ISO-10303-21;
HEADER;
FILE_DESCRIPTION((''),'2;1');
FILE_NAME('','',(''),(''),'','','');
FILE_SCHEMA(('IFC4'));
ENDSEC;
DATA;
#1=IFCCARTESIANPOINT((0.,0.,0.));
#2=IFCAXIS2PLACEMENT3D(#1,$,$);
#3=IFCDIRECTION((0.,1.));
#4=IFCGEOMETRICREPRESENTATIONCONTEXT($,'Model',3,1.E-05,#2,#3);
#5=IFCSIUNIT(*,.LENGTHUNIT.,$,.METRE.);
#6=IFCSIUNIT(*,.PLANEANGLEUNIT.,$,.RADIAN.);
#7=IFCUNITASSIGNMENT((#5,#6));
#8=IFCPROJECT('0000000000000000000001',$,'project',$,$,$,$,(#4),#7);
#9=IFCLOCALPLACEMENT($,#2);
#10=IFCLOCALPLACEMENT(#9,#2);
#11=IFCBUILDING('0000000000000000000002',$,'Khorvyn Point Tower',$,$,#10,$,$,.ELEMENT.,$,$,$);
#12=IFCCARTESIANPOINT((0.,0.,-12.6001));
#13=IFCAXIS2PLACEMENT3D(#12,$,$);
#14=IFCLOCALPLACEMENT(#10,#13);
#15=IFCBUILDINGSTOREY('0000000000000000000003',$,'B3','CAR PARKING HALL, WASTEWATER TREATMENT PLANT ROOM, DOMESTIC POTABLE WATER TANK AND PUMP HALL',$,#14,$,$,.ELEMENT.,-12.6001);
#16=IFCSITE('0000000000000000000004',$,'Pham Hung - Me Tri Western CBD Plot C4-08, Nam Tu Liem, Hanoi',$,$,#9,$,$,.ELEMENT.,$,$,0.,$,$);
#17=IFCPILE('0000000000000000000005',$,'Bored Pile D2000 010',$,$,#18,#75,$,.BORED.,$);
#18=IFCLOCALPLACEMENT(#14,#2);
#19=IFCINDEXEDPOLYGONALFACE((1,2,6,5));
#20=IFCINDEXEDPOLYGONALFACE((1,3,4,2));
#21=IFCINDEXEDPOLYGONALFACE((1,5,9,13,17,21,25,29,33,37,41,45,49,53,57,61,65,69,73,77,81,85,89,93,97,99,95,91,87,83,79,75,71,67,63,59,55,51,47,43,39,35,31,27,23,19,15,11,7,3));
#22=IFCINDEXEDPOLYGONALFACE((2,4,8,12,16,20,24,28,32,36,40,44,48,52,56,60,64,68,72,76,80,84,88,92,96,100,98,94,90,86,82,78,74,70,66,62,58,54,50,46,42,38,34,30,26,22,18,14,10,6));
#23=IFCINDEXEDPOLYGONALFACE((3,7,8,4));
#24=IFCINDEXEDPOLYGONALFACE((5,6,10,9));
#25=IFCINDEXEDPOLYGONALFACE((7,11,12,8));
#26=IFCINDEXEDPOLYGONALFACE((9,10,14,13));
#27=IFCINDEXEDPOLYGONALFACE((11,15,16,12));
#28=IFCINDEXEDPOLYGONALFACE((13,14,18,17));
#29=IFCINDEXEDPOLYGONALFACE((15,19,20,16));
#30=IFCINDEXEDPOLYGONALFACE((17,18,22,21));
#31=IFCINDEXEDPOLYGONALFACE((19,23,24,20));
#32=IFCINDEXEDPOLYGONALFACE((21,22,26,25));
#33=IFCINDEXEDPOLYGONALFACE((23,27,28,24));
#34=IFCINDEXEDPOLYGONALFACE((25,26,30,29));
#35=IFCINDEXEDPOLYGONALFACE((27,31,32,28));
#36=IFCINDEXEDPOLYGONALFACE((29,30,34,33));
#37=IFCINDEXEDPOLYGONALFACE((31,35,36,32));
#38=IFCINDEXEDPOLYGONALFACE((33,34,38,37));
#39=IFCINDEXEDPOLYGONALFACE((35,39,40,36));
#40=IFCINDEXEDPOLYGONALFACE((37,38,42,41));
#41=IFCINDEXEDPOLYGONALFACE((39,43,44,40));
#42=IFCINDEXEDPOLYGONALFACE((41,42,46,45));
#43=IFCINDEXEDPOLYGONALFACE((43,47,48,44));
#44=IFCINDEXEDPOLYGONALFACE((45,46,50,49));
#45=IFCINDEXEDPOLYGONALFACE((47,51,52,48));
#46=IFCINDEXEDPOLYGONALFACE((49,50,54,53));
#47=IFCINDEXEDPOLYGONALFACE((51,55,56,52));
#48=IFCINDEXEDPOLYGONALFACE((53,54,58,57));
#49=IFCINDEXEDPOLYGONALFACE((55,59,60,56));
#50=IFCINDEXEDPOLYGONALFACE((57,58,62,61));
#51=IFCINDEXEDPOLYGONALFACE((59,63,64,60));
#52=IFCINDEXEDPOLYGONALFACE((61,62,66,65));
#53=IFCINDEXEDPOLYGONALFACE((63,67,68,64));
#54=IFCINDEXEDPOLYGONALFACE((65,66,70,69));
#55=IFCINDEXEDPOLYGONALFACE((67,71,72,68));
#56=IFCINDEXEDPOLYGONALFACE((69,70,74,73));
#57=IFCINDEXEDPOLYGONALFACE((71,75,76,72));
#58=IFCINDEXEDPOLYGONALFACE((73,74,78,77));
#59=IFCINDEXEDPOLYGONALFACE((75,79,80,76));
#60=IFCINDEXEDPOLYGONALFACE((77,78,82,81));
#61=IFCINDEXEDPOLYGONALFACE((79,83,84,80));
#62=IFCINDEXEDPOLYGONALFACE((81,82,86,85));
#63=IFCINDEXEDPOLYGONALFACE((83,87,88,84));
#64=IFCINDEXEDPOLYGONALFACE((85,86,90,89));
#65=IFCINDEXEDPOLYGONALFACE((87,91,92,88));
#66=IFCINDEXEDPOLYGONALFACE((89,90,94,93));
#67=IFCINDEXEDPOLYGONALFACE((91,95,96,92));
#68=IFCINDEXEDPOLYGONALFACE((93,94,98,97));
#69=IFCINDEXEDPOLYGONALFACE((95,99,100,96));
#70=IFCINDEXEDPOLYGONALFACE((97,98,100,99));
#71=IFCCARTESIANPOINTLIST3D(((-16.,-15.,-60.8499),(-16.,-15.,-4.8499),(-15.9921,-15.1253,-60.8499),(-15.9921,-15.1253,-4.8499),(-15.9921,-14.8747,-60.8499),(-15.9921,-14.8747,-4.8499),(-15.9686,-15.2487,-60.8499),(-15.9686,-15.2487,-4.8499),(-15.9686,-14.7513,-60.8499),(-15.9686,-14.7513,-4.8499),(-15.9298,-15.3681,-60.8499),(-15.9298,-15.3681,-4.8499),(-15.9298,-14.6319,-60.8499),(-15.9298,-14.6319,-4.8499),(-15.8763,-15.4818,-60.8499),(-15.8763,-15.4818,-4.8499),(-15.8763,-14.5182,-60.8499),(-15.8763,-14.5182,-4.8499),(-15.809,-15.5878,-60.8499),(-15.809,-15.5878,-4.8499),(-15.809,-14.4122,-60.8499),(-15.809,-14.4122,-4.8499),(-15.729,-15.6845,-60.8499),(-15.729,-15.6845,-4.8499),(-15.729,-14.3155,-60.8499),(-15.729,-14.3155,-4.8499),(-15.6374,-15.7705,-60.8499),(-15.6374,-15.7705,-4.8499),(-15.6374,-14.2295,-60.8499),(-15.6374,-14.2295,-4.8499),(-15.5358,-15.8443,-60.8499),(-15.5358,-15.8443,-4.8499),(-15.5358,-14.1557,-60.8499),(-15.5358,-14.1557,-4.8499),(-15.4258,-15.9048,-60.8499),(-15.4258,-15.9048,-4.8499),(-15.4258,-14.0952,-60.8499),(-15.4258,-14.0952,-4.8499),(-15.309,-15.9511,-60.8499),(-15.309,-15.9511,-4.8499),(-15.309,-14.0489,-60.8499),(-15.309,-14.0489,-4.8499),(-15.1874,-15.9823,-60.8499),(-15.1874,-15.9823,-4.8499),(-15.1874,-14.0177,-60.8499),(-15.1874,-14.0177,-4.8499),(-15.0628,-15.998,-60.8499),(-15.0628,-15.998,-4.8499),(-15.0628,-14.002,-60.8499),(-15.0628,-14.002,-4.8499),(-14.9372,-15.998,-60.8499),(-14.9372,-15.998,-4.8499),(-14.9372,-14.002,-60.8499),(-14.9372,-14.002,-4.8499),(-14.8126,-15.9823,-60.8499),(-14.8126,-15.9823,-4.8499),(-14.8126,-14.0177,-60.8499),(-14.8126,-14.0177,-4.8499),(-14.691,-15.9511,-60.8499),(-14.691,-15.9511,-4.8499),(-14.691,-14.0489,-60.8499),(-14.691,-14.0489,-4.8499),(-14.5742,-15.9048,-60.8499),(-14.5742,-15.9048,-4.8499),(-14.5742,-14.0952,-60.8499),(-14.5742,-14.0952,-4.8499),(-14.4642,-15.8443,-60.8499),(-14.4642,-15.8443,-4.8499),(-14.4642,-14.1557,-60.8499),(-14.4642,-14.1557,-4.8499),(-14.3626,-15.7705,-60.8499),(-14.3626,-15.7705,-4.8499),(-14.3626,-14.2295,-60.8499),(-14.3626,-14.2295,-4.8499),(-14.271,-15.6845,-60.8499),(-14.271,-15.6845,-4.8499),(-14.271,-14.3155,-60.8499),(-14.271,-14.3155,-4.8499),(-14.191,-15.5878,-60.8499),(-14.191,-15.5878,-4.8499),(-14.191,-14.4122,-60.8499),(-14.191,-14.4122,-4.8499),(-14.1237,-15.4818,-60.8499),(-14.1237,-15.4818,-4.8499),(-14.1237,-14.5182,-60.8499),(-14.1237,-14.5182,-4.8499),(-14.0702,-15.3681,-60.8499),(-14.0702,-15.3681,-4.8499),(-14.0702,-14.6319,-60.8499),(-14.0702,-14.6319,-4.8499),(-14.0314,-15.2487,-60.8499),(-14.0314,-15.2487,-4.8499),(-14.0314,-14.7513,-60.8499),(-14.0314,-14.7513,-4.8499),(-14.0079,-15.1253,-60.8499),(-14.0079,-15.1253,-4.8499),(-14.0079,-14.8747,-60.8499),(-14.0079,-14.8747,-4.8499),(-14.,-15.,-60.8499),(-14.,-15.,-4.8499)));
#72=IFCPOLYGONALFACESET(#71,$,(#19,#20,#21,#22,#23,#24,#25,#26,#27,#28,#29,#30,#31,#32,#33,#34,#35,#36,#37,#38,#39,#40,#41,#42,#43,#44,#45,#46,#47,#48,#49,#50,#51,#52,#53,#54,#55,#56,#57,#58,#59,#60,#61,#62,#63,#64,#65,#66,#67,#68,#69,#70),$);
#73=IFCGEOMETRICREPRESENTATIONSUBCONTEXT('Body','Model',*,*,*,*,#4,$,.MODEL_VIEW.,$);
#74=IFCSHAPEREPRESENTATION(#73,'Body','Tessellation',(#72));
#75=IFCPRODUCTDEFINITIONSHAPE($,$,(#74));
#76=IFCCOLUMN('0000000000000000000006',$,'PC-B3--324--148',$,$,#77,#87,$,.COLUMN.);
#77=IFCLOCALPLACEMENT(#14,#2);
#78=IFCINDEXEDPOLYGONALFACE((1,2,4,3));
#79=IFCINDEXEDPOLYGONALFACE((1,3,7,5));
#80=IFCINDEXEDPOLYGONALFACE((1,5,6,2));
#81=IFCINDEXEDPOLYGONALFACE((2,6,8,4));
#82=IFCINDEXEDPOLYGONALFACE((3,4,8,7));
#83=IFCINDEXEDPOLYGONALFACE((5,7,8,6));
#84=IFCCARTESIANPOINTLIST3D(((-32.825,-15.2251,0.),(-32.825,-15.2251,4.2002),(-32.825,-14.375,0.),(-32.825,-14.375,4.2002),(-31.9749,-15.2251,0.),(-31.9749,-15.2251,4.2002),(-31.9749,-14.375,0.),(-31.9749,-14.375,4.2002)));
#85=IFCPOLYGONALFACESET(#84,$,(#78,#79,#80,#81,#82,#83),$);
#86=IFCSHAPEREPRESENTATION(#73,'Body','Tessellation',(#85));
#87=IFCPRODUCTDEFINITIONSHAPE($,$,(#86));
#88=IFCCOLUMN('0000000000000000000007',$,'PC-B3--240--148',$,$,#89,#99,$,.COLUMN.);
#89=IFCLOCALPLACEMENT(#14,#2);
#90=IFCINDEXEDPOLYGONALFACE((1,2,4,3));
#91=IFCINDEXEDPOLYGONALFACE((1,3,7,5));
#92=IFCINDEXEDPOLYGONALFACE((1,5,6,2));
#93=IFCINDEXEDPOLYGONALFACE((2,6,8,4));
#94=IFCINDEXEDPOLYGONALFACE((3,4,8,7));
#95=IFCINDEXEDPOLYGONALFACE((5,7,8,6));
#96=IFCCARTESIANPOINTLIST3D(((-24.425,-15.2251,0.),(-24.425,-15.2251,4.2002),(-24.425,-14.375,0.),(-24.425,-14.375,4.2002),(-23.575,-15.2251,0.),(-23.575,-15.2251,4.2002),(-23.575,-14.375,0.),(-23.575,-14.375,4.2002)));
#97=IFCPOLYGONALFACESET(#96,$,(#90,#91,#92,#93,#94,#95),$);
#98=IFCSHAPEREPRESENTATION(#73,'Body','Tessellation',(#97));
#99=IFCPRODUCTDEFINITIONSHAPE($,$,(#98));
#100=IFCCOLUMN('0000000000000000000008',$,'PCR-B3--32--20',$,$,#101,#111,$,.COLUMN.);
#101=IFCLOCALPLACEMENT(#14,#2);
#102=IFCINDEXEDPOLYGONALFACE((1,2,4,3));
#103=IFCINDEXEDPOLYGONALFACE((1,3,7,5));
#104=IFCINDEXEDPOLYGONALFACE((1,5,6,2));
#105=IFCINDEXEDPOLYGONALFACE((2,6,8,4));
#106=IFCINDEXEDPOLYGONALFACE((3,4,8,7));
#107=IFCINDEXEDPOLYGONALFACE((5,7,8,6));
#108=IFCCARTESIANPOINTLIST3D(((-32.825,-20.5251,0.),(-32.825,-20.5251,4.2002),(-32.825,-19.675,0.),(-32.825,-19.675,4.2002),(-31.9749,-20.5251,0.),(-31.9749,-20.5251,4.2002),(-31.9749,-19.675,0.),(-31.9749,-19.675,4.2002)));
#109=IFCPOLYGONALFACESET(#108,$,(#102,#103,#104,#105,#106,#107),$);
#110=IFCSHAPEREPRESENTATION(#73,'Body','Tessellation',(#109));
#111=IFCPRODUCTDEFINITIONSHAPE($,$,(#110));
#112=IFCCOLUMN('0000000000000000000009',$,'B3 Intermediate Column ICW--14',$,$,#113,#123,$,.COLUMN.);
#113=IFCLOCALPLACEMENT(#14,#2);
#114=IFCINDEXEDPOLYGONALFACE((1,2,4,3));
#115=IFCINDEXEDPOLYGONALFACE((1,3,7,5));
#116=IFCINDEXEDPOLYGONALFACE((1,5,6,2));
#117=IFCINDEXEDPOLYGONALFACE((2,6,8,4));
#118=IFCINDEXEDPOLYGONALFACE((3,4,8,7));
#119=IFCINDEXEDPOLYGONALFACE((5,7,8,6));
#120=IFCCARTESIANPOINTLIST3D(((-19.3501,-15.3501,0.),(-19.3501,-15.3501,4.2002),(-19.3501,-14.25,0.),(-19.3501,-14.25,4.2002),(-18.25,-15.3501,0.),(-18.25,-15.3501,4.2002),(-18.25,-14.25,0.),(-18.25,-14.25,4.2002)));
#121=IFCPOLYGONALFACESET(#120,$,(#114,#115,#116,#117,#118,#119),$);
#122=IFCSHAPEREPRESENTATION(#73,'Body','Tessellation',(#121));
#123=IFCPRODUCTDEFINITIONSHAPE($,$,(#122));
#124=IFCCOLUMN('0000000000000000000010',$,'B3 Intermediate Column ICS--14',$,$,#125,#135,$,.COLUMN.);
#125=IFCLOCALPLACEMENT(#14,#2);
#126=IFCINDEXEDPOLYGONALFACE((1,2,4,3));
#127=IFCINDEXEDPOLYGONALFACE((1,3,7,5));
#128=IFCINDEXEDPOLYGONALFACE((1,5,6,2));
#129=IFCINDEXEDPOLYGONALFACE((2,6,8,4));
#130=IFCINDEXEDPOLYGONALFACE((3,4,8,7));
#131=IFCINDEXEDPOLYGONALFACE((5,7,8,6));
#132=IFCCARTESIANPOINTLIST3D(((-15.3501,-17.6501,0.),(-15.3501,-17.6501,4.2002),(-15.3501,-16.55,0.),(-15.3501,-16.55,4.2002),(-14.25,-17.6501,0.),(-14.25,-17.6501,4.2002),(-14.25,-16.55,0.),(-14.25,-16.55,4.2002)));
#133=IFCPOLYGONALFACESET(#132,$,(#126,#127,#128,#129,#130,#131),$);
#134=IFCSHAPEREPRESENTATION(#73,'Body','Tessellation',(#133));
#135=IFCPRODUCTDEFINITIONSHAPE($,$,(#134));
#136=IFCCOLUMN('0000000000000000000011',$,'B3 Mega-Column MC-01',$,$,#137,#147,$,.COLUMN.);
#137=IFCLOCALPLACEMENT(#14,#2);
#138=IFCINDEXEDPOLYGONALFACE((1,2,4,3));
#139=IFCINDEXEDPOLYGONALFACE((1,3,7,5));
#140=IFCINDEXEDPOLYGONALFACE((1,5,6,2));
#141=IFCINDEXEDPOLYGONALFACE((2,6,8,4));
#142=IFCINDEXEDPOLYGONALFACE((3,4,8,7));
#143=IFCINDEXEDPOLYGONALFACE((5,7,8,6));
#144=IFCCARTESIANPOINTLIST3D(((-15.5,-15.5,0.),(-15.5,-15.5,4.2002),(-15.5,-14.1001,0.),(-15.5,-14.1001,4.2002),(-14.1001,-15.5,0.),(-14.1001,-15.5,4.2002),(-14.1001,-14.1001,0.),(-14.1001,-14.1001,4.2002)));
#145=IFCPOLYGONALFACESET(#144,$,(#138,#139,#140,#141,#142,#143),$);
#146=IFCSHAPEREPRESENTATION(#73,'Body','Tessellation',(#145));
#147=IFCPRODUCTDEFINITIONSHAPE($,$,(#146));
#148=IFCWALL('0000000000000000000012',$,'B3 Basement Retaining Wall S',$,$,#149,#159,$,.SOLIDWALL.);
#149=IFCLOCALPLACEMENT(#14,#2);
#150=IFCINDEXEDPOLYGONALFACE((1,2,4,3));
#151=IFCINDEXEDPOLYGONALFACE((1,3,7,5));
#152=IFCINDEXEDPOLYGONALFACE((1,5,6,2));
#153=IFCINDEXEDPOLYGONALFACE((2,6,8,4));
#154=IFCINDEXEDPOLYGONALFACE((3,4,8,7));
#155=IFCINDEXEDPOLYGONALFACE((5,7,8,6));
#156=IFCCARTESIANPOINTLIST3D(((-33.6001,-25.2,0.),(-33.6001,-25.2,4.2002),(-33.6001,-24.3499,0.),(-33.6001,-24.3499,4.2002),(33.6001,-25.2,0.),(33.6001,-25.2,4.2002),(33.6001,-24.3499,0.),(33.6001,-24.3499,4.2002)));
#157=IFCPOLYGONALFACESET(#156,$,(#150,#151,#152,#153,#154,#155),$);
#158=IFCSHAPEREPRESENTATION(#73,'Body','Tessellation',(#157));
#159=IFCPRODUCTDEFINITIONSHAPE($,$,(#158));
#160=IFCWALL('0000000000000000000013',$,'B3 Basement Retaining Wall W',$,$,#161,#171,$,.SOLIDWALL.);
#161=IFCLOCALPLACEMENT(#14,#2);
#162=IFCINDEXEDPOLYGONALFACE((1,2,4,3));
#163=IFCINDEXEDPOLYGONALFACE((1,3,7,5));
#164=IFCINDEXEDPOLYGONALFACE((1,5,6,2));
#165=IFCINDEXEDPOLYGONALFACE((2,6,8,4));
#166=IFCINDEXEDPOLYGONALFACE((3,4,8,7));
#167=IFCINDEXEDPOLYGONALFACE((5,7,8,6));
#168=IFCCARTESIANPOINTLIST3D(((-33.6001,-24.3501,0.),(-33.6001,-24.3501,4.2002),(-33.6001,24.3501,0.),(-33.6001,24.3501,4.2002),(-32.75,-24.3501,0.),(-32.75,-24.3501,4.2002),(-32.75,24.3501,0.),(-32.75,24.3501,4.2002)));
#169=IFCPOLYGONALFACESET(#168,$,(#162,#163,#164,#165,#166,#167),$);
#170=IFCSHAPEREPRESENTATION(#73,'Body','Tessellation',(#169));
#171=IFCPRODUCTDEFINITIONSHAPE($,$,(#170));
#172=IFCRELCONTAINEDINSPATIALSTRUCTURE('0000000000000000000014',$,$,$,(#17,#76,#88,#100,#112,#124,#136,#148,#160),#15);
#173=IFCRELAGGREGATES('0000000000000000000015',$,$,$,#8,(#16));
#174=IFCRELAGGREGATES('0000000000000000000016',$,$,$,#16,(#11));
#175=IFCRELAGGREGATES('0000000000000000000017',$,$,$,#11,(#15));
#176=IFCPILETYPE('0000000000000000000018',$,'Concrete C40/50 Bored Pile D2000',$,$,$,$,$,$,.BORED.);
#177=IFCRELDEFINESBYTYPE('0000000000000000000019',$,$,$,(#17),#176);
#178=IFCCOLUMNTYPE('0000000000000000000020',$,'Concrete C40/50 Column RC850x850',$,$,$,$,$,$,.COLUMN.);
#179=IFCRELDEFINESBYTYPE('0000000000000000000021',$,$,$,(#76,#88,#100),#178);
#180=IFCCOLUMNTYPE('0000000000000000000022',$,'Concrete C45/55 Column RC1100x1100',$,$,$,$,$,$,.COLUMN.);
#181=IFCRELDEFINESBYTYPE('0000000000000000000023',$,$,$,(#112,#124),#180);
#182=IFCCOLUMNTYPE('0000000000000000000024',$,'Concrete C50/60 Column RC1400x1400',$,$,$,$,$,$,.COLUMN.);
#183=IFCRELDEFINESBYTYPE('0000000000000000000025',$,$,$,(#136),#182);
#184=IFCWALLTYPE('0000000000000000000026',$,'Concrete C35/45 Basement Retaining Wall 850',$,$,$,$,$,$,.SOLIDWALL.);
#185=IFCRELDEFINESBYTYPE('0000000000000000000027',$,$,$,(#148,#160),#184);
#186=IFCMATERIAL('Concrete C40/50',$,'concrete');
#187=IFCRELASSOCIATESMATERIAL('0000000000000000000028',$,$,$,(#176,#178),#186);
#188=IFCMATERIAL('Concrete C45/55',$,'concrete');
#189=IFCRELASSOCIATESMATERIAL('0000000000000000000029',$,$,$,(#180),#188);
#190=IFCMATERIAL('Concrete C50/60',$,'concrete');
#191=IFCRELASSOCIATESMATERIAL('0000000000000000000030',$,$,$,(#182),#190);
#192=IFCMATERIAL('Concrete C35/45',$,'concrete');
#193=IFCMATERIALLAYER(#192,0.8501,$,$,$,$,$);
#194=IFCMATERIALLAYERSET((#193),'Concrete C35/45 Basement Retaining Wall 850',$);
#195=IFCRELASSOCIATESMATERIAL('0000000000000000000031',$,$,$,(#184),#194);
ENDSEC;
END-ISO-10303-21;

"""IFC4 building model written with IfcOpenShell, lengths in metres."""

from ifc_helpers import new_model, si_unit, direction, frame, frame_2d, origin, origin_2d, place, context, subcontext, project, spatial, rectangle, circle, extrude, material, layer, layer_set, material_profile, profile_set, type_object, element, save


model = new_model("IFC4")

# Units and contexts
model_context = context("Model", 3, precision=1e-05, world=origin(), true_north=direction((0.0, 1.0)))
body_context = subcontext(model_context, "Body", "Model", "MODEL_VIEW")
ifc_project = project(units=[si_unit("LENGTHUNIT", "METRE"), si_unit("PLANEANGLEUNIT", "RADIAN")], contexts=[model_context])

# Site, building, storey
site_placement = place(None, origin())
site = spatial("IfcSite", under=ifc_project, at=site_placement, Name="Pham Hung - Me Tri Western CBD Plot C4-08, Nam Tu Liem, Hanoi", CompositionType="ELEMENT", RefElevation=0.0)
building_placement = place(site_placement, origin())
building = spatial("IfcBuilding", under=site, at=building_placement, Name="Khorvyn Point Tower", CompositionType="ELEMENT")
storey_placement = place(building_placement, frame((0.0, 0.0, -12.6001)))
storey = spatial("IfcBuildingStorey", under=building, at=storey_placement, Name="B3", Description="CAR PARKING HALL, WASTEWATER TREATMENT PLANT ROOM, DOMESTIC POTABLE WATER TANK AND PUMP HALL", CompositionType="ELEMENT", Elevation=-12.6001)

# Pile
ifc_material_1 = material(Name="Concrete C40/50", Category="concrete")
ifc_material_profile_1 = material_profile(ifc_material_1, circle(Radius=1.0, at=origin_2d()))
ifc_profile_set_1 = profile_set([ifc_material_profile_1], Name="Concrete C40/50 PILE-D2000")
pile_type_1 = type_object("IfcPileType", Name="Concrete C40/50 Bored Pile D2000", PredefinedType="BORED", material=ifc_profile_set_1)
for number, where, z_axis, x_axis, name in (
    (1, (-15.0, -15.0, -4.8499), (0.0, 0.0, -1.0), (1.0, 0.0, 0.0), "Bored Pile D2000 010"),
):
    element("IfcPile", number, at=place(storey_placement, frame(where, z_axis=z_axis, x_axis=x_axis)), inside=storey, type_object=pile_type_1, Name=name, PredefinedType="BORED", context=body_context, shape_type="SweptSolid", body=[
        extrude(circle(Radius=1.0, at=origin_2d()), origin(), (0.0, 0.0, 1.0), 56.0),
    ])

# Columns
ifc_material_profile_2 = material_profile(ifc_material_1, rectangle(XDim=0.8501, YDim=0.8501, at=origin_2d()))
ifc_profile_set_2 = profile_set([ifc_material_profile_2], Name="Concrete C40/50 RC850x850")
column_type_1 = type_object("IfcColumnType", Name="Concrete C40/50 Column RC850x850", PredefinedType="COLUMN", material=ifc_profile_set_2)
for number, where, z_axis, x_axis, name in (
    (2, (-32.3999, -14.8, 0.0), (0.0, 0.0, 1.0), (1.0, 0.0, 0.0), "PC-B3--324--148"),
    (3, (-24.0, -14.8, 0.0), (0.0, 0.0, 1.0), (1.0, 0.0, 0.0), "PC-B3--240--148"),
    (4, (-32.3999, -20.1001, 0.0), (0.0, 0.0, 1.0), (1.0, 0.0, 0.0), "PCR-B3--32--20"),
):
    element("IfcColumn", number, at=place(storey_placement, frame(where, z_axis=z_axis, x_axis=x_axis)), inside=storey, type_object=column_type_1, Name=name, PredefinedType="COLUMN", context=body_context, shape_type="SweptSolid", body=[
        extrude(rectangle(XDim=0.8501, YDim=0.8501, at=origin_2d()), origin(), (0.0, 0.0, 1.0), 4.2002),
    ])
ifc_material_2 = material(Name="Concrete C45/55", Category="concrete")
ifc_material_profile_3 = material_profile(ifc_material_2, rectangle(XDim=1.1001, YDim=1.1001, at=origin_2d()))
ifc_profile_set_3 = profile_set([ifc_material_profile_3], Name="Concrete C45/55 RC1100x1100")
column_type_2 = type_object("IfcColumnType", Name="Concrete C45/55 Column RC1100x1100", PredefinedType="COLUMN", material=ifc_profile_set_3)
for number, where, z_axis, x_axis, name in (
    (5, (-18.8, -14.8, 0.0), (0.0, 0.0, 1.0), (1.0, 0.0, 0.0), "B3 Intermediate Column ICW--14"),
    (6, (-14.8, -17.1001, 0.0), (0.0, 0.0, 1.0), (1.0, 0.0, 0.0), "B3 Intermediate Column ICS--14"),
):
    element("IfcColumn", number, at=place(storey_placement, frame(where, z_axis=z_axis, x_axis=x_axis)), inside=storey, type_object=column_type_2, Name=name, PredefinedType="COLUMN", context=body_context, shape_type="SweptSolid", body=[
        extrude(rectangle(XDim=1.1001, YDim=1.1001, at=origin_2d()), origin(), (0.0, 0.0, 1.0), 4.2002),
    ])
ifc_material_3 = material(Name="Concrete C50/60", Category="concrete")
ifc_material_profile_4 = material_profile(ifc_material_3, rectangle(XDim=1.3999, YDim=1.3999, at=origin_2d()))
ifc_profile_set_4 = profile_set([ifc_material_profile_4], Name="Concrete C50/60 RC1400x1400")
column_type_3 = type_object("IfcColumnType", Name="Concrete C50/60 Column RC1400x1400", PredefinedType="COLUMN", material=ifc_profile_set_4)
column_placement = place(storey_placement, frame((-14.8, -14.8, 0.0), z_axis=(0.0, 0.0, 1.0), x_axis=(1.0, 0.0, 0.0)))
element("IfcColumn", 7, at=column_placement, inside=storey, type_object=column_type_3, Name="B3 Mega-Column MC-01", PredefinedType="COLUMN", context=body_context, shape_type="SweptSolid", body=[
    extrude(rectangle(XDim=1.3999, YDim=1.3999, at=origin_2d()), origin(), (0.0, 0.0, 1.0), 4.2002),
])

# Walls
ifc_material_4 = material(Name="Concrete C35/45", Category="concrete")
ifc_layer_1 = layer(ifc_material_4, 0.8501)
ifc_layer_set_1 = layer_set([ifc_layer_1], Name="Concrete C35/45 Basement Retaining Wall 850")
wall_type_1 = type_object("IfcWallType", Name="Concrete C35/45 Basement Retaining Wall 850", PredefinedType="SOLIDWALL", material=ifc_layer_set_1)
wall_1_placement = place(storey_placement, frame((-33.6001, -24.7749, 0.0), z_axis=(0.0, 0.0, 1.0), x_axis=(1.0, 0.0, 0.0)))
element("IfcWall", 8, at=wall_1_placement, inside=storey, type_object=wall_type_1, Name="B3 Basement Retaining Wall S", PredefinedType="SOLIDWALL", context=body_context, shape_type="SweptSolid", body=[
    extrude(rectangle(XDim=67.2002, YDim=0.8501, at=frame_2d((33.6001, 0.0))), origin(), (0.0, 0.0, 1.0), 4.2002),
])
wall_2_placement = place(storey_placement, frame((-33.175, -24.3501, 0.0), z_axis=(0.0, 0.0, 1.0), x_axis=(0.0, 1.0, 0.0)))
element("IfcWall", 9, at=wall_2_placement, inside=storey, type_object=wall_type_1, Name="B3 Basement Retaining Wall W", PredefinedType="SOLIDWALL", context=body_context, shape_type="SweptSolid", body=[
    extrude(rectangle(XDim=48.7002, YDim=0.8501, at=frame_2d((24.3501, 0.0))), origin(), (0.0, 0.0, 1.0), 4.2002),
])

save(model, "model.ifc")
